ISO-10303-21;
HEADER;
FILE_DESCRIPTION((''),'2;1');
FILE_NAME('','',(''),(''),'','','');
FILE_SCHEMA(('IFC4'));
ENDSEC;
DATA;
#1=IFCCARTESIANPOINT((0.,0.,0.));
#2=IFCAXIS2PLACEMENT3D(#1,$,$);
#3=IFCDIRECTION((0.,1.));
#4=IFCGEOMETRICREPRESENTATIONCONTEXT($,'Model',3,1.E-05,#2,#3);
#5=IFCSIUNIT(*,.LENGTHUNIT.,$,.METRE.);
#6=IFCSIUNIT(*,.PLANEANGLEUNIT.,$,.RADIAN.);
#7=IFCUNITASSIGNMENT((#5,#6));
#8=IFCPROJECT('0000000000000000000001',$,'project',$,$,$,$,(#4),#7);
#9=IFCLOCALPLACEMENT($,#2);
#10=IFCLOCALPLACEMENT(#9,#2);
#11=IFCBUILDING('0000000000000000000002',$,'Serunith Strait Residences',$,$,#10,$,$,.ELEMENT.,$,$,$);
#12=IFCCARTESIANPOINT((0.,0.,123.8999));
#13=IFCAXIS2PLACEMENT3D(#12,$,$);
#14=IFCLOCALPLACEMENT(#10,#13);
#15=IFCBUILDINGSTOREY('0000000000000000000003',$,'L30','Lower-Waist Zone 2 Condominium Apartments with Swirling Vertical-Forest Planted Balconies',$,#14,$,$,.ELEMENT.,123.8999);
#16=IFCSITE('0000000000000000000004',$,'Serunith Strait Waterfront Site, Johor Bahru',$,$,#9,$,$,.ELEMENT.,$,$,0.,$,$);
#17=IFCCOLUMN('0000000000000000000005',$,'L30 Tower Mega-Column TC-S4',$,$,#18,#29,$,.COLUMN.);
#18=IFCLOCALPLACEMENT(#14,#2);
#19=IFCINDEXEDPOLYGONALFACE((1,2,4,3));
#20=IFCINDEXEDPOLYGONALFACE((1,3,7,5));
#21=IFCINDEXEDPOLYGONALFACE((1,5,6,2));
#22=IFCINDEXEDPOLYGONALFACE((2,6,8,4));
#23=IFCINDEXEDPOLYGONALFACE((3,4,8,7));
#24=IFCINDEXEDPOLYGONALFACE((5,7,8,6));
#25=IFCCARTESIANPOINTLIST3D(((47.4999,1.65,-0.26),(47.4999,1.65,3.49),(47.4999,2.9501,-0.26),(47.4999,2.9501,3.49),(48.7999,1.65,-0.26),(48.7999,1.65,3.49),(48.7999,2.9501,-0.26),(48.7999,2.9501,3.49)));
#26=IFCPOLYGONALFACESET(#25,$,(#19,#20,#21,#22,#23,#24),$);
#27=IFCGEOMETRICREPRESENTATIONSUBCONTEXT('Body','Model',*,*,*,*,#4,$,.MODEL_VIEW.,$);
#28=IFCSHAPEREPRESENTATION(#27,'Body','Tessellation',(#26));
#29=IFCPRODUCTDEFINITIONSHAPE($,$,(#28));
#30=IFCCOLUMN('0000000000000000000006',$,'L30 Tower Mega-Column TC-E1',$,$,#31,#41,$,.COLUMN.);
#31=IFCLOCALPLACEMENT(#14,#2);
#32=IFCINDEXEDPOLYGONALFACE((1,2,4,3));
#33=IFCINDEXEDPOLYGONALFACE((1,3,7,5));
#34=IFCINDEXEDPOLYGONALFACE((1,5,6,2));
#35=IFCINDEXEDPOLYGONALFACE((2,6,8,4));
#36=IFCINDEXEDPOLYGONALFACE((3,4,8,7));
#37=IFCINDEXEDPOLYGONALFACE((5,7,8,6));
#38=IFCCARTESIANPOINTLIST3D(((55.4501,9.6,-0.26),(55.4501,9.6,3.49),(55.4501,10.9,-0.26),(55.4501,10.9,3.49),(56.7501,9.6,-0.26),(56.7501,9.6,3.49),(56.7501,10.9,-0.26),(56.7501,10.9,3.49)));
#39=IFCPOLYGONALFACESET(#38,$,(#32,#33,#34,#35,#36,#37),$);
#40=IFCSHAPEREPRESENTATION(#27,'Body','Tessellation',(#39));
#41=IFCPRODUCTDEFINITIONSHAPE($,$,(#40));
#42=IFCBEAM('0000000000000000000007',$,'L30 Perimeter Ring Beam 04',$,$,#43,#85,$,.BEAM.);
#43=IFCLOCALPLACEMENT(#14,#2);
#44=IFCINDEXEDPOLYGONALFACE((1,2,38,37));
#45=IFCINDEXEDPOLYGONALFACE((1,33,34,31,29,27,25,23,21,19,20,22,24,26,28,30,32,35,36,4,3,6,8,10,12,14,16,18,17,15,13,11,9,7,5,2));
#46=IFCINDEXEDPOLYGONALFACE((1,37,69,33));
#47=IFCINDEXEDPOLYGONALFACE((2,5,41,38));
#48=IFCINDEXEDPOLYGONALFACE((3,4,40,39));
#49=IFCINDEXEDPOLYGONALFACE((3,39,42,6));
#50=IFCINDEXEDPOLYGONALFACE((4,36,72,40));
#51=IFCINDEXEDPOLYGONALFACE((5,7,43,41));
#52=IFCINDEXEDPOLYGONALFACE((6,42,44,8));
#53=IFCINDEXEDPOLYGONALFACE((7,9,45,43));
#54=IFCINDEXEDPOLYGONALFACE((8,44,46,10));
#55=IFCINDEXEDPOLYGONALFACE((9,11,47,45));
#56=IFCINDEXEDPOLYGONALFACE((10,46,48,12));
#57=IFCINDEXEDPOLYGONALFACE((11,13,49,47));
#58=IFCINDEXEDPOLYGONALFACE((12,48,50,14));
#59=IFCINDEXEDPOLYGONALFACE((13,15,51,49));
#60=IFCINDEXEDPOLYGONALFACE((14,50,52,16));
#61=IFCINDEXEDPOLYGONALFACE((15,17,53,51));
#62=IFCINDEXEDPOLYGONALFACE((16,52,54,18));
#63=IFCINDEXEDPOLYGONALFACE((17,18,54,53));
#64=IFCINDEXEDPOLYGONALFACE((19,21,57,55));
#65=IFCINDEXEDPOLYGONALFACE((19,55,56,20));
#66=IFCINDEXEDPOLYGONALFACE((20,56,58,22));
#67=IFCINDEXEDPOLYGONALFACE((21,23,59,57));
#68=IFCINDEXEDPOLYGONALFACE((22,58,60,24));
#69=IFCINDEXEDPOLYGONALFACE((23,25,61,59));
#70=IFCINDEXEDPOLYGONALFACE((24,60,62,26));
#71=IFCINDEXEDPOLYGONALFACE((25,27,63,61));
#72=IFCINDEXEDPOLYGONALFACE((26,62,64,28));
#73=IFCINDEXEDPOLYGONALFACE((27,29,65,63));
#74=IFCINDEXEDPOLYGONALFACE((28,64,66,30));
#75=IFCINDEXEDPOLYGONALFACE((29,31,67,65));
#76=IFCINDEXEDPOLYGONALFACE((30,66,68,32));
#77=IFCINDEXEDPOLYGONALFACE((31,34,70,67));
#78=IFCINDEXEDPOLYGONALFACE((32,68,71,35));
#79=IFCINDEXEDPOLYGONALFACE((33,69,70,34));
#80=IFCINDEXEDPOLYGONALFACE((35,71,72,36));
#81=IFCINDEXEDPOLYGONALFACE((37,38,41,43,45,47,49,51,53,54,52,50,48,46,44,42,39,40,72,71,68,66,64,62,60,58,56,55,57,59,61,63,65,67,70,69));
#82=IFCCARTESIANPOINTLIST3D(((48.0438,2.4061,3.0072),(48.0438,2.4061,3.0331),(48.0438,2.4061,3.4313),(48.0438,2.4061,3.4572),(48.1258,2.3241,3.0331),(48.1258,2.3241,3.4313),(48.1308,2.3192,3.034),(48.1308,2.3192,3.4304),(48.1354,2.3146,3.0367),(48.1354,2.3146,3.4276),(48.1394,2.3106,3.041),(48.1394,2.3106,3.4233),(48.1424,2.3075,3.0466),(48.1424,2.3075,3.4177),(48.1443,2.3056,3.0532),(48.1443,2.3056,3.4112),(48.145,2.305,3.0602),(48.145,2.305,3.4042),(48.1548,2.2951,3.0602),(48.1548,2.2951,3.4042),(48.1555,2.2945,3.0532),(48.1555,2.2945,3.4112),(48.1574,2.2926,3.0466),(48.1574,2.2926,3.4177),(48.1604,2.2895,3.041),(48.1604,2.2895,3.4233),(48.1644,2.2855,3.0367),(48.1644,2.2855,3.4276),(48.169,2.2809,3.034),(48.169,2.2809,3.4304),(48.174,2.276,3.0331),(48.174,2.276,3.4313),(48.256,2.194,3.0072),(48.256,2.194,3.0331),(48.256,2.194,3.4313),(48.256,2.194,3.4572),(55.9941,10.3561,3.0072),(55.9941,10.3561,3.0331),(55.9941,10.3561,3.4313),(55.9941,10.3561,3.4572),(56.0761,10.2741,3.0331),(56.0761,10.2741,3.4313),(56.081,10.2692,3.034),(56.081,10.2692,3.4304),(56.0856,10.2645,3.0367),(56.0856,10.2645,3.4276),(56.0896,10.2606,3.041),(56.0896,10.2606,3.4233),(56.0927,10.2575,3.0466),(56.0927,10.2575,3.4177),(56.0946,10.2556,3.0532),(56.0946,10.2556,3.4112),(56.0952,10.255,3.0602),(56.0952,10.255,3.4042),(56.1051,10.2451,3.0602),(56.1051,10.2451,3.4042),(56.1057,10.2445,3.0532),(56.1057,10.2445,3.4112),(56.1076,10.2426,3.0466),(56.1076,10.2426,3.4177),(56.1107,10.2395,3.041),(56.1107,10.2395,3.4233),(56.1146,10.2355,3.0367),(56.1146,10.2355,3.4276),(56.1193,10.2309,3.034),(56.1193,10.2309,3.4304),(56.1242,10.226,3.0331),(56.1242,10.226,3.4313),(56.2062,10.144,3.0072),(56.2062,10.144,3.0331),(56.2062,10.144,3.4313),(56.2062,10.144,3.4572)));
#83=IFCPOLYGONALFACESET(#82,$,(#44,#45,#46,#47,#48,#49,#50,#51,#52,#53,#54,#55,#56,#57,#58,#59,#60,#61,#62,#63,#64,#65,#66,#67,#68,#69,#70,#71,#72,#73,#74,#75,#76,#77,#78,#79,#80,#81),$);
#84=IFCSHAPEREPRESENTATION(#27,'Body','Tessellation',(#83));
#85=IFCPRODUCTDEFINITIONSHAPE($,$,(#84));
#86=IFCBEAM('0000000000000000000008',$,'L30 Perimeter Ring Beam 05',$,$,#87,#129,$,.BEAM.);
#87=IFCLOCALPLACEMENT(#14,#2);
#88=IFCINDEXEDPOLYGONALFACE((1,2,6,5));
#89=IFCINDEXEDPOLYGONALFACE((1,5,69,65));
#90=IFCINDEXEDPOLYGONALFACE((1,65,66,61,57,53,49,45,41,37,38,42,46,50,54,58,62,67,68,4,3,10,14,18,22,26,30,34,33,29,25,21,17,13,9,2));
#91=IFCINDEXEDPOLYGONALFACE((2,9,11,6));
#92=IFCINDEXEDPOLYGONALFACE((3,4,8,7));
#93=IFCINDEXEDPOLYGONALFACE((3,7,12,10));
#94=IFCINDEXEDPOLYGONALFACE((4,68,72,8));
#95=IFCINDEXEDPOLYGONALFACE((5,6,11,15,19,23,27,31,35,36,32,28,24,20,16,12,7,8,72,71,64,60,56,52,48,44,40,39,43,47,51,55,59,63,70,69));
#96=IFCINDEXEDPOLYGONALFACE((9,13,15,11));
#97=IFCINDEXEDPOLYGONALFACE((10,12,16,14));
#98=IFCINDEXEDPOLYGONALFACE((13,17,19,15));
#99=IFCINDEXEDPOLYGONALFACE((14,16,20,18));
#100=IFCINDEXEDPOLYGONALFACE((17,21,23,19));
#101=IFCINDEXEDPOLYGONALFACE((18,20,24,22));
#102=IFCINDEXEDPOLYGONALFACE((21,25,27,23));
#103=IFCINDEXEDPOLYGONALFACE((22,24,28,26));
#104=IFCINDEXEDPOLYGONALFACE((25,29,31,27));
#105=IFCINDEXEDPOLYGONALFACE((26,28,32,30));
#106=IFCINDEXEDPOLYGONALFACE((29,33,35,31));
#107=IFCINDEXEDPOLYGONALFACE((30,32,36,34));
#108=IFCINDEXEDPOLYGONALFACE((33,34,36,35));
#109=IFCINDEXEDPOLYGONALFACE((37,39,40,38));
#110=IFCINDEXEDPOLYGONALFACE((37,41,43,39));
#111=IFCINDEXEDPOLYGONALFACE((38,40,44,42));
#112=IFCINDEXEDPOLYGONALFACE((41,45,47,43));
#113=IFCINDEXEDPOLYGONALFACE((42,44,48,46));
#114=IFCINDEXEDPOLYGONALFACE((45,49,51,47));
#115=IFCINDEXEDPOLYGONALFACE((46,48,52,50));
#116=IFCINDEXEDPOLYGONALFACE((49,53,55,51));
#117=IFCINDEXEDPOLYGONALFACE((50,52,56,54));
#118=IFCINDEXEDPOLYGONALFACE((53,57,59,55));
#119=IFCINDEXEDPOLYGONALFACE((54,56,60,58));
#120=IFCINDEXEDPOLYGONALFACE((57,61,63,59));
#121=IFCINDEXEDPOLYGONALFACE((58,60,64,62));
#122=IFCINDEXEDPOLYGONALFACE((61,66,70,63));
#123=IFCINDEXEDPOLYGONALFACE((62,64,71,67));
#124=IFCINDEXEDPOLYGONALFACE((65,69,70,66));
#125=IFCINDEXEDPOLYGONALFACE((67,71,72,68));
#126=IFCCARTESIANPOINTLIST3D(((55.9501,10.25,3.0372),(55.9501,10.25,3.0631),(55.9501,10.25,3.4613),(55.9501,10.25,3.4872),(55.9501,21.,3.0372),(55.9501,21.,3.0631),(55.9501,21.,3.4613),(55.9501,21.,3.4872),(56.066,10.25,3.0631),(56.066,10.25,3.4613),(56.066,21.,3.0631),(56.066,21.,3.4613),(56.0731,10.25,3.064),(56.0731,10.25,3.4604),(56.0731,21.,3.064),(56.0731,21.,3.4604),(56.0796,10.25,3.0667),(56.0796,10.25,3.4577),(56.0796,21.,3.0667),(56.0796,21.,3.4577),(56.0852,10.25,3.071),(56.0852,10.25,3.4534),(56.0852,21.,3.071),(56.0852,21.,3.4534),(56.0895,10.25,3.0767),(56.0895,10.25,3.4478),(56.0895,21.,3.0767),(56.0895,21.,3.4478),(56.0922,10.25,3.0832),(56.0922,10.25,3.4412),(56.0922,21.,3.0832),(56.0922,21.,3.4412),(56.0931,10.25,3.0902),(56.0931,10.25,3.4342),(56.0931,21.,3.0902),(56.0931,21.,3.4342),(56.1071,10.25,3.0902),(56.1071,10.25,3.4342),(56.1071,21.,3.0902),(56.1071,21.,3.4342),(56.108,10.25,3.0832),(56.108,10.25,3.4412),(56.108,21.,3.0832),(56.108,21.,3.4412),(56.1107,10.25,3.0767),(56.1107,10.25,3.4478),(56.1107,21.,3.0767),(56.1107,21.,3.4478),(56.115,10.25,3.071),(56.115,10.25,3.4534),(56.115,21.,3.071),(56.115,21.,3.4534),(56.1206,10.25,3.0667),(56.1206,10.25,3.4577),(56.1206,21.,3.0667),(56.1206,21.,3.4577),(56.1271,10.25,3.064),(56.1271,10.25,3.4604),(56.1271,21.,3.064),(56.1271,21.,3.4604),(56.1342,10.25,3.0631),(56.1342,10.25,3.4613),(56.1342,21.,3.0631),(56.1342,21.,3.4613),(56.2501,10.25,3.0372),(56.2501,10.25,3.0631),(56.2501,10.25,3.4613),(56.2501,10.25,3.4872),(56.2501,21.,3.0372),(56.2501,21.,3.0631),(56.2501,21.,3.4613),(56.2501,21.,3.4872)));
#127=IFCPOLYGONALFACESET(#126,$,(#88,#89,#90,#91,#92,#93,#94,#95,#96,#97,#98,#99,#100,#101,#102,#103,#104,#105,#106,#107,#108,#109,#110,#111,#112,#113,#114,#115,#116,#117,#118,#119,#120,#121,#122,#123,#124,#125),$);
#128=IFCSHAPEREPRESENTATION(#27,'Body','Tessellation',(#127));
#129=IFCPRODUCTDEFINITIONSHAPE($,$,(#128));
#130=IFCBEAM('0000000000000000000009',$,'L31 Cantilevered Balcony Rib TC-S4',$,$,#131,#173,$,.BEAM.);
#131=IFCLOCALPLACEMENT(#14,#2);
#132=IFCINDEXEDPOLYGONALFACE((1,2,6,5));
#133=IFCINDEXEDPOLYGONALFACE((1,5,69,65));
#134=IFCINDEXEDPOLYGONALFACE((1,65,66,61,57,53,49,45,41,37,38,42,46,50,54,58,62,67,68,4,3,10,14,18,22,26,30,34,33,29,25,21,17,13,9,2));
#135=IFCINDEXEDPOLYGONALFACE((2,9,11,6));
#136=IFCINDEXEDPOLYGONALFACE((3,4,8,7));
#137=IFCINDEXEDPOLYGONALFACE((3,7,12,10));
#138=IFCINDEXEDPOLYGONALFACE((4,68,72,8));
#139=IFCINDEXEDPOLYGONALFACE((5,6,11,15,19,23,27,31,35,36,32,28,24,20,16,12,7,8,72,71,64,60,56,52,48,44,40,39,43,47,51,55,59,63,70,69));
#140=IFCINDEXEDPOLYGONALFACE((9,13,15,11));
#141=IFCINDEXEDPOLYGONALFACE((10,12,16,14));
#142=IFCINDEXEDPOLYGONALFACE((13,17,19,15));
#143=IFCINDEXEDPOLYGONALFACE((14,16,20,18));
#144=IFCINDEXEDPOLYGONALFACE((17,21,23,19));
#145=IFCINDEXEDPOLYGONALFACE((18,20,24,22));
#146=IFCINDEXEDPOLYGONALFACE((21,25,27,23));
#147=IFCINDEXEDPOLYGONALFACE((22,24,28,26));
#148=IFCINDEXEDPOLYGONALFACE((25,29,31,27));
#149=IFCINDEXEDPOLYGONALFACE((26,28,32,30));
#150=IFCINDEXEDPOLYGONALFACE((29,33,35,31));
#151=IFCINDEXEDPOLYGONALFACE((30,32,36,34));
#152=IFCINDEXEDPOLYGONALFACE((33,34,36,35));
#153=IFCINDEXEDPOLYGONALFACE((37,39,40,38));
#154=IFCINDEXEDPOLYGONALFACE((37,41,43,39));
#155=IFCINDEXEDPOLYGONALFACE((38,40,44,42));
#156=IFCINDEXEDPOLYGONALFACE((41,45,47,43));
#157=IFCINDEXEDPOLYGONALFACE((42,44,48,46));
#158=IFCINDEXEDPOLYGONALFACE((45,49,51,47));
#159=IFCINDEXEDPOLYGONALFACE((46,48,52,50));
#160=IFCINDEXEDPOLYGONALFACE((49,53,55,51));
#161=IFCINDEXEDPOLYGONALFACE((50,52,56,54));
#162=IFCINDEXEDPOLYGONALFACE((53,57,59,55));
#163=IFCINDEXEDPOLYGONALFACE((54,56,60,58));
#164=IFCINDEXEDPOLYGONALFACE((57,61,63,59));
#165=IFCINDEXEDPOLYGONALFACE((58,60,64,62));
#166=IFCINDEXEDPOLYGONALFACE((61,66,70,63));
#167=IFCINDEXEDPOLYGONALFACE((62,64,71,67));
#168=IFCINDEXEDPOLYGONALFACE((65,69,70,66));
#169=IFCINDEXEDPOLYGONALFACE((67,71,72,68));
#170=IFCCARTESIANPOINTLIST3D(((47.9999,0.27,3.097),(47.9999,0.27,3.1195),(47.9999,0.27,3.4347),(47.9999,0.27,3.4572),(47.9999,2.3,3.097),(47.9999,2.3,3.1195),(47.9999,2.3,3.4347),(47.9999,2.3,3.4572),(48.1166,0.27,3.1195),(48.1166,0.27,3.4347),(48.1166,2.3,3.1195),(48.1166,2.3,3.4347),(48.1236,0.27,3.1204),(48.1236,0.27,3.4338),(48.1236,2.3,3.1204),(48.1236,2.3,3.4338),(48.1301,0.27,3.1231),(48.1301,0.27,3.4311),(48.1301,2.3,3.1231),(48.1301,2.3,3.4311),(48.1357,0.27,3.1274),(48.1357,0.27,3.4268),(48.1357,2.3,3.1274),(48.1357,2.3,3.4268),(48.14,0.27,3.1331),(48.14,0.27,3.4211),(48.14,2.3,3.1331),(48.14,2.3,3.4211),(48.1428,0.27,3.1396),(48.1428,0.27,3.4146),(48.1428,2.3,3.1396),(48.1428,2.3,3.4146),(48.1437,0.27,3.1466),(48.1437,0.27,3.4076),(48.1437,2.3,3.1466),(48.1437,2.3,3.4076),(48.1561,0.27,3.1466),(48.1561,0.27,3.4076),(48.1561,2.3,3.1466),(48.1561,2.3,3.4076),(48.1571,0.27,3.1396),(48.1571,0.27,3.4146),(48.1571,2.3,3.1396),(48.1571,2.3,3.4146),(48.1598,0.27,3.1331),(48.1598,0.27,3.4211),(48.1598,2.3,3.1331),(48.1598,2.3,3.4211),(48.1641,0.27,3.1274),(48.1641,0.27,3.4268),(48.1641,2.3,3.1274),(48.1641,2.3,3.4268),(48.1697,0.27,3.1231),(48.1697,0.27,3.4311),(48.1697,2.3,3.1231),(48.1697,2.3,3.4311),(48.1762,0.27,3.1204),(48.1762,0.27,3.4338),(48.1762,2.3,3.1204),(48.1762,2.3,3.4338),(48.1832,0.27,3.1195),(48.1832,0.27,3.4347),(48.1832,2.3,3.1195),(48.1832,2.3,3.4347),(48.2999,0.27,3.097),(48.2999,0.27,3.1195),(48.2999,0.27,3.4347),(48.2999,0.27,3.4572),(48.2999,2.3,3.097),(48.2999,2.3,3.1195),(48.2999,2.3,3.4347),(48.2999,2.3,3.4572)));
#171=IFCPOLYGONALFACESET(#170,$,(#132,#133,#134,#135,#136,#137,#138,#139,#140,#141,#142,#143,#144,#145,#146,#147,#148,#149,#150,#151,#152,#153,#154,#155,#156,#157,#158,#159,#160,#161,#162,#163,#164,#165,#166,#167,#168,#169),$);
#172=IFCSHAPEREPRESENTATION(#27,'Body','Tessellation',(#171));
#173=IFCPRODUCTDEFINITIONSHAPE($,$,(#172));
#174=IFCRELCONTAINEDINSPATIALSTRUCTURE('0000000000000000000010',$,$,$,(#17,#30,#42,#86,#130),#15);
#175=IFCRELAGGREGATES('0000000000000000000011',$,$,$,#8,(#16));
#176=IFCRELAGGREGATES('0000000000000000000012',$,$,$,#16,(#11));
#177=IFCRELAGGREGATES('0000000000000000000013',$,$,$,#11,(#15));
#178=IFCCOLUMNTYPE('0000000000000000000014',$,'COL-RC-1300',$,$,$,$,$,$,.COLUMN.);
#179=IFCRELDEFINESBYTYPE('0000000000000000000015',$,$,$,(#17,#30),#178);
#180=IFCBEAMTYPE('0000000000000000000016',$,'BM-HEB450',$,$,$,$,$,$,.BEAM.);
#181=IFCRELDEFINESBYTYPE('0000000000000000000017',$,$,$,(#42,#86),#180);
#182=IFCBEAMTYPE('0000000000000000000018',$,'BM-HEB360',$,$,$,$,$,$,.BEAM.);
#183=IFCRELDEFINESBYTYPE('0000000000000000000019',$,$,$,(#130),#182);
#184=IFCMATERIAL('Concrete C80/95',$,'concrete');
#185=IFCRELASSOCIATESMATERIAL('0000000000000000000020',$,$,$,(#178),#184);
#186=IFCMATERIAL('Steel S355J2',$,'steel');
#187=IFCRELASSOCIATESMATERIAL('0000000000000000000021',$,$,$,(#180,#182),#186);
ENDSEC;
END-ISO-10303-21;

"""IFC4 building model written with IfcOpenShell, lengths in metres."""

from ifc_helpers import new_model, si_unit, direction, frame, origin, origin_2d, place, context, subcontext, project, spatial, rectangle, i_section, extrude, source, transform, mapped, material, material_profile, profile_set, type_object, element, save


model = new_model("IFC4")

# Units and contexts
model_context = context("Model", 3, precision=1e-05, world=origin(), true_north=direction((0.0, 1.0)))
body_context = subcontext(model_context, "Body", "Model", "MODEL_VIEW")
ifc_project = project(units=[si_unit("LENGTHUNIT", "METRE"), si_unit("PLANEANGLEUNIT", "RADIAN")], contexts=[model_context])

# Site, building, storey
site_placement = place(None, origin())
site = spatial("IfcSite", under=ifc_project, at=site_placement, Name="Serunith Strait Waterfront Site, Johor Bahru", CompositionType="ELEMENT", RefElevation=0.0)
building_placement = place(site_placement, origin())
building = spatial("IfcBuilding", under=site, at=building_placement, Name="Serunith Strait Residences", CompositionType="ELEMENT")
storey_placement = place(building_placement, frame((0.0, 0.0, 123.8999)))
storey = spatial("IfcBuildingStorey", under=building, at=storey_placement, Name="L30", Description="Lower-Waist Zone 2 Condominium Apartments with Swirling Vertical-Forest Planted Balconies", CompositionType="ELEMENT", Elevation=123.8999)

# Columns
ifc_material_1 = material(Name="Concrete C80/95", Category="concrete")
ifc_material_profile_1 = material_profile(ifc_material_1, rectangle(XDim=1.3, YDim=1.3, at=origin_2d()), Name="RC 1300x1300")
ifc_profile_set_1 = profile_set([ifc_material_profile_1], Name="Concrete C80/95")
column_type = type_object("IfcColumnType", Name="COL-RC-1300", PredefinedType="COLUMN", material=ifc_profile_set_1)
shared_shape_1 = source(origin(), body_context, "Body", "SweptSolid", [
    extrude(rectangle(XDim=1.3, YDim=1.3, at=origin_2d()), origin(), (0.0, 0.0, 1.0), 3.75),
])
for number, where, z_axis, x_axis, name in (
    (1, (48.1499, 2.3, -0.26), (0.0, 0.0, 1.0), (1.0, 0.0, 0.0), "L30 Tower Mega-Column TC-S4"),
    (2, (56.1001, 10.25, -0.26), (0.0, 0.0, 1.0), (1.0, 0.0, 0.0), "L30 Tower Mega-Column TC-E1"),
):
    element("IfcColumn", number, at=place(storey_placement, frame(where, z_axis=z_axis, x_axis=x_axis)), inside=storey, type_object=column_type, Name=name, PredefinedType="COLUMN", context=body_context, shape_type="MappedRepresentation", body=[
        mapped(shared_shape_1, transform((0.0, 0.0, 0.0), scale=1.0)),
    ])

# Beams
ifc_material_2 = material(Name="Steel S355J2", Category="steel")
ifc_material_profile_2 = material_profile(ifc_material_2, i_section(OverallWidth=0.3, OverallDepth=0.45, WebThickness=0.0139, FlangeThickness=0.0259, FilletRadius=0.0271, at=origin_2d()), Name="HEB 450")
ifc_profile_set_2 = profile_set([ifc_material_profile_2], Name="Steel S355J2")
beam_type_1 = type_object("IfcBeamType", Name="BM-HEB450", PredefinedType="BEAM", material=ifc_profile_set_2)
shared_shape_2 = source(origin(), body_context, "Body", "SweptSolid", [
    extrude(i_section(OverallWidth=0.3, OverallDepth=0.45, WebThickness=0.0139, FlangeThickness=0.0259, FilletRadius=0.0271, at=origin_2d()), origin(), (0.0, 0.0, 1.0), 11.2432),
])
beam_1_placement = place(storey_placement, frame((48.1499, 2.3, 3.2322), z_axis=(0.707118, 0.707096, 0.0), x_axis=(-0.707096, 0.707118, 0.0)))
element("IfcBeam", 3, at=beam_1_placement, inside=storey, type_object=beam_type_1, Name="L30 Perimeter Ring Beam 04", PredefinedType="BEAM", context=body_context, shape_type="MappedRepresentation", body=[
    mapped(shared_shape_2, transform((0.0, 0.0, 0.0), scale=1.0)),
])
shared_shape_3 = source(origin(), body_context, "Body", "SweptSolid", [
    extrude(i_section(OverallWidth=0.3, OverallDepth=0.45, WebThickness=0.0139, FlangeThickness=0.0259, FilletRadius=0.0271, at=origin_2d()), origin(), (0.0, 0.0, 1.0), 10.75),
])
beam_2_placement = place(storey_placement, frame((56.1001, 10.25, 3.2622), z_axis=(0.0, 1.0, 0.0), x_axis=(-1.0, 0.0, 0.0)))
element("IfcBeam", 4, at=beam_2_placement, inside=storey, type_object=beam_type_1, Name="L30 Perimeter Ring Beam 05", PredefinedType="BEAM", context=body_context, shape_type="MappedRepresentation", body=[
    mapped(shared_shape_3, transform((0.0, 0.0, 0.0), scale=1.0)),
])
ifc_material_profile_3 = material_profile(ifc_material_2, i_section(OverallWidth=0.3, OverallDepth=0.3601, WebThickness=0.0125, FlangeThickness=0.0225, FilletRadius=0.0271, at=origin_2d()), Name="HEB 360")
ifc_profile_set_3 = profile_set([ifc_material_profile_3], Name="Steel S355J2")
beam_type_2 = type_object("IfcBeamType", Name="BM-HEB360", PredefinedType="BEAM", material=ifc_profile_set_3)
shared_shape_4 = source(origin(), body_context, "Body", "SweptSolid", [
    extrude(i_section(OverallWidth=0.3, OverallDepth=0.3601, WebThickness=0.0125, FlangeThickness=0.0225, FilletRadius=0.0271, at=origin_2d()), origin(), (0.0, 0.0, 1.0), 2.03),
])
beam_3_placement = place(storey_placement, frame((48.1499, 2.3, 3.2771), z_axis=(0.0, -1.0, 0.0), x_axis=(1.0, 0.0, 0.0)))
element("IfcBeam", 5, at=beam_3_placement, inside=storey, type_object=beam_type_2, Name="L31 Cantilevered Balcony Rib TC-S4", PredefinedType="BEAM", context=body_context, shape_type="MappedRepresentation", body=[
    mapped(shared_shape_4, transform((0.0, 0.0, 0.0), scale=1.0)),
])

save(model, "model.ifc")
